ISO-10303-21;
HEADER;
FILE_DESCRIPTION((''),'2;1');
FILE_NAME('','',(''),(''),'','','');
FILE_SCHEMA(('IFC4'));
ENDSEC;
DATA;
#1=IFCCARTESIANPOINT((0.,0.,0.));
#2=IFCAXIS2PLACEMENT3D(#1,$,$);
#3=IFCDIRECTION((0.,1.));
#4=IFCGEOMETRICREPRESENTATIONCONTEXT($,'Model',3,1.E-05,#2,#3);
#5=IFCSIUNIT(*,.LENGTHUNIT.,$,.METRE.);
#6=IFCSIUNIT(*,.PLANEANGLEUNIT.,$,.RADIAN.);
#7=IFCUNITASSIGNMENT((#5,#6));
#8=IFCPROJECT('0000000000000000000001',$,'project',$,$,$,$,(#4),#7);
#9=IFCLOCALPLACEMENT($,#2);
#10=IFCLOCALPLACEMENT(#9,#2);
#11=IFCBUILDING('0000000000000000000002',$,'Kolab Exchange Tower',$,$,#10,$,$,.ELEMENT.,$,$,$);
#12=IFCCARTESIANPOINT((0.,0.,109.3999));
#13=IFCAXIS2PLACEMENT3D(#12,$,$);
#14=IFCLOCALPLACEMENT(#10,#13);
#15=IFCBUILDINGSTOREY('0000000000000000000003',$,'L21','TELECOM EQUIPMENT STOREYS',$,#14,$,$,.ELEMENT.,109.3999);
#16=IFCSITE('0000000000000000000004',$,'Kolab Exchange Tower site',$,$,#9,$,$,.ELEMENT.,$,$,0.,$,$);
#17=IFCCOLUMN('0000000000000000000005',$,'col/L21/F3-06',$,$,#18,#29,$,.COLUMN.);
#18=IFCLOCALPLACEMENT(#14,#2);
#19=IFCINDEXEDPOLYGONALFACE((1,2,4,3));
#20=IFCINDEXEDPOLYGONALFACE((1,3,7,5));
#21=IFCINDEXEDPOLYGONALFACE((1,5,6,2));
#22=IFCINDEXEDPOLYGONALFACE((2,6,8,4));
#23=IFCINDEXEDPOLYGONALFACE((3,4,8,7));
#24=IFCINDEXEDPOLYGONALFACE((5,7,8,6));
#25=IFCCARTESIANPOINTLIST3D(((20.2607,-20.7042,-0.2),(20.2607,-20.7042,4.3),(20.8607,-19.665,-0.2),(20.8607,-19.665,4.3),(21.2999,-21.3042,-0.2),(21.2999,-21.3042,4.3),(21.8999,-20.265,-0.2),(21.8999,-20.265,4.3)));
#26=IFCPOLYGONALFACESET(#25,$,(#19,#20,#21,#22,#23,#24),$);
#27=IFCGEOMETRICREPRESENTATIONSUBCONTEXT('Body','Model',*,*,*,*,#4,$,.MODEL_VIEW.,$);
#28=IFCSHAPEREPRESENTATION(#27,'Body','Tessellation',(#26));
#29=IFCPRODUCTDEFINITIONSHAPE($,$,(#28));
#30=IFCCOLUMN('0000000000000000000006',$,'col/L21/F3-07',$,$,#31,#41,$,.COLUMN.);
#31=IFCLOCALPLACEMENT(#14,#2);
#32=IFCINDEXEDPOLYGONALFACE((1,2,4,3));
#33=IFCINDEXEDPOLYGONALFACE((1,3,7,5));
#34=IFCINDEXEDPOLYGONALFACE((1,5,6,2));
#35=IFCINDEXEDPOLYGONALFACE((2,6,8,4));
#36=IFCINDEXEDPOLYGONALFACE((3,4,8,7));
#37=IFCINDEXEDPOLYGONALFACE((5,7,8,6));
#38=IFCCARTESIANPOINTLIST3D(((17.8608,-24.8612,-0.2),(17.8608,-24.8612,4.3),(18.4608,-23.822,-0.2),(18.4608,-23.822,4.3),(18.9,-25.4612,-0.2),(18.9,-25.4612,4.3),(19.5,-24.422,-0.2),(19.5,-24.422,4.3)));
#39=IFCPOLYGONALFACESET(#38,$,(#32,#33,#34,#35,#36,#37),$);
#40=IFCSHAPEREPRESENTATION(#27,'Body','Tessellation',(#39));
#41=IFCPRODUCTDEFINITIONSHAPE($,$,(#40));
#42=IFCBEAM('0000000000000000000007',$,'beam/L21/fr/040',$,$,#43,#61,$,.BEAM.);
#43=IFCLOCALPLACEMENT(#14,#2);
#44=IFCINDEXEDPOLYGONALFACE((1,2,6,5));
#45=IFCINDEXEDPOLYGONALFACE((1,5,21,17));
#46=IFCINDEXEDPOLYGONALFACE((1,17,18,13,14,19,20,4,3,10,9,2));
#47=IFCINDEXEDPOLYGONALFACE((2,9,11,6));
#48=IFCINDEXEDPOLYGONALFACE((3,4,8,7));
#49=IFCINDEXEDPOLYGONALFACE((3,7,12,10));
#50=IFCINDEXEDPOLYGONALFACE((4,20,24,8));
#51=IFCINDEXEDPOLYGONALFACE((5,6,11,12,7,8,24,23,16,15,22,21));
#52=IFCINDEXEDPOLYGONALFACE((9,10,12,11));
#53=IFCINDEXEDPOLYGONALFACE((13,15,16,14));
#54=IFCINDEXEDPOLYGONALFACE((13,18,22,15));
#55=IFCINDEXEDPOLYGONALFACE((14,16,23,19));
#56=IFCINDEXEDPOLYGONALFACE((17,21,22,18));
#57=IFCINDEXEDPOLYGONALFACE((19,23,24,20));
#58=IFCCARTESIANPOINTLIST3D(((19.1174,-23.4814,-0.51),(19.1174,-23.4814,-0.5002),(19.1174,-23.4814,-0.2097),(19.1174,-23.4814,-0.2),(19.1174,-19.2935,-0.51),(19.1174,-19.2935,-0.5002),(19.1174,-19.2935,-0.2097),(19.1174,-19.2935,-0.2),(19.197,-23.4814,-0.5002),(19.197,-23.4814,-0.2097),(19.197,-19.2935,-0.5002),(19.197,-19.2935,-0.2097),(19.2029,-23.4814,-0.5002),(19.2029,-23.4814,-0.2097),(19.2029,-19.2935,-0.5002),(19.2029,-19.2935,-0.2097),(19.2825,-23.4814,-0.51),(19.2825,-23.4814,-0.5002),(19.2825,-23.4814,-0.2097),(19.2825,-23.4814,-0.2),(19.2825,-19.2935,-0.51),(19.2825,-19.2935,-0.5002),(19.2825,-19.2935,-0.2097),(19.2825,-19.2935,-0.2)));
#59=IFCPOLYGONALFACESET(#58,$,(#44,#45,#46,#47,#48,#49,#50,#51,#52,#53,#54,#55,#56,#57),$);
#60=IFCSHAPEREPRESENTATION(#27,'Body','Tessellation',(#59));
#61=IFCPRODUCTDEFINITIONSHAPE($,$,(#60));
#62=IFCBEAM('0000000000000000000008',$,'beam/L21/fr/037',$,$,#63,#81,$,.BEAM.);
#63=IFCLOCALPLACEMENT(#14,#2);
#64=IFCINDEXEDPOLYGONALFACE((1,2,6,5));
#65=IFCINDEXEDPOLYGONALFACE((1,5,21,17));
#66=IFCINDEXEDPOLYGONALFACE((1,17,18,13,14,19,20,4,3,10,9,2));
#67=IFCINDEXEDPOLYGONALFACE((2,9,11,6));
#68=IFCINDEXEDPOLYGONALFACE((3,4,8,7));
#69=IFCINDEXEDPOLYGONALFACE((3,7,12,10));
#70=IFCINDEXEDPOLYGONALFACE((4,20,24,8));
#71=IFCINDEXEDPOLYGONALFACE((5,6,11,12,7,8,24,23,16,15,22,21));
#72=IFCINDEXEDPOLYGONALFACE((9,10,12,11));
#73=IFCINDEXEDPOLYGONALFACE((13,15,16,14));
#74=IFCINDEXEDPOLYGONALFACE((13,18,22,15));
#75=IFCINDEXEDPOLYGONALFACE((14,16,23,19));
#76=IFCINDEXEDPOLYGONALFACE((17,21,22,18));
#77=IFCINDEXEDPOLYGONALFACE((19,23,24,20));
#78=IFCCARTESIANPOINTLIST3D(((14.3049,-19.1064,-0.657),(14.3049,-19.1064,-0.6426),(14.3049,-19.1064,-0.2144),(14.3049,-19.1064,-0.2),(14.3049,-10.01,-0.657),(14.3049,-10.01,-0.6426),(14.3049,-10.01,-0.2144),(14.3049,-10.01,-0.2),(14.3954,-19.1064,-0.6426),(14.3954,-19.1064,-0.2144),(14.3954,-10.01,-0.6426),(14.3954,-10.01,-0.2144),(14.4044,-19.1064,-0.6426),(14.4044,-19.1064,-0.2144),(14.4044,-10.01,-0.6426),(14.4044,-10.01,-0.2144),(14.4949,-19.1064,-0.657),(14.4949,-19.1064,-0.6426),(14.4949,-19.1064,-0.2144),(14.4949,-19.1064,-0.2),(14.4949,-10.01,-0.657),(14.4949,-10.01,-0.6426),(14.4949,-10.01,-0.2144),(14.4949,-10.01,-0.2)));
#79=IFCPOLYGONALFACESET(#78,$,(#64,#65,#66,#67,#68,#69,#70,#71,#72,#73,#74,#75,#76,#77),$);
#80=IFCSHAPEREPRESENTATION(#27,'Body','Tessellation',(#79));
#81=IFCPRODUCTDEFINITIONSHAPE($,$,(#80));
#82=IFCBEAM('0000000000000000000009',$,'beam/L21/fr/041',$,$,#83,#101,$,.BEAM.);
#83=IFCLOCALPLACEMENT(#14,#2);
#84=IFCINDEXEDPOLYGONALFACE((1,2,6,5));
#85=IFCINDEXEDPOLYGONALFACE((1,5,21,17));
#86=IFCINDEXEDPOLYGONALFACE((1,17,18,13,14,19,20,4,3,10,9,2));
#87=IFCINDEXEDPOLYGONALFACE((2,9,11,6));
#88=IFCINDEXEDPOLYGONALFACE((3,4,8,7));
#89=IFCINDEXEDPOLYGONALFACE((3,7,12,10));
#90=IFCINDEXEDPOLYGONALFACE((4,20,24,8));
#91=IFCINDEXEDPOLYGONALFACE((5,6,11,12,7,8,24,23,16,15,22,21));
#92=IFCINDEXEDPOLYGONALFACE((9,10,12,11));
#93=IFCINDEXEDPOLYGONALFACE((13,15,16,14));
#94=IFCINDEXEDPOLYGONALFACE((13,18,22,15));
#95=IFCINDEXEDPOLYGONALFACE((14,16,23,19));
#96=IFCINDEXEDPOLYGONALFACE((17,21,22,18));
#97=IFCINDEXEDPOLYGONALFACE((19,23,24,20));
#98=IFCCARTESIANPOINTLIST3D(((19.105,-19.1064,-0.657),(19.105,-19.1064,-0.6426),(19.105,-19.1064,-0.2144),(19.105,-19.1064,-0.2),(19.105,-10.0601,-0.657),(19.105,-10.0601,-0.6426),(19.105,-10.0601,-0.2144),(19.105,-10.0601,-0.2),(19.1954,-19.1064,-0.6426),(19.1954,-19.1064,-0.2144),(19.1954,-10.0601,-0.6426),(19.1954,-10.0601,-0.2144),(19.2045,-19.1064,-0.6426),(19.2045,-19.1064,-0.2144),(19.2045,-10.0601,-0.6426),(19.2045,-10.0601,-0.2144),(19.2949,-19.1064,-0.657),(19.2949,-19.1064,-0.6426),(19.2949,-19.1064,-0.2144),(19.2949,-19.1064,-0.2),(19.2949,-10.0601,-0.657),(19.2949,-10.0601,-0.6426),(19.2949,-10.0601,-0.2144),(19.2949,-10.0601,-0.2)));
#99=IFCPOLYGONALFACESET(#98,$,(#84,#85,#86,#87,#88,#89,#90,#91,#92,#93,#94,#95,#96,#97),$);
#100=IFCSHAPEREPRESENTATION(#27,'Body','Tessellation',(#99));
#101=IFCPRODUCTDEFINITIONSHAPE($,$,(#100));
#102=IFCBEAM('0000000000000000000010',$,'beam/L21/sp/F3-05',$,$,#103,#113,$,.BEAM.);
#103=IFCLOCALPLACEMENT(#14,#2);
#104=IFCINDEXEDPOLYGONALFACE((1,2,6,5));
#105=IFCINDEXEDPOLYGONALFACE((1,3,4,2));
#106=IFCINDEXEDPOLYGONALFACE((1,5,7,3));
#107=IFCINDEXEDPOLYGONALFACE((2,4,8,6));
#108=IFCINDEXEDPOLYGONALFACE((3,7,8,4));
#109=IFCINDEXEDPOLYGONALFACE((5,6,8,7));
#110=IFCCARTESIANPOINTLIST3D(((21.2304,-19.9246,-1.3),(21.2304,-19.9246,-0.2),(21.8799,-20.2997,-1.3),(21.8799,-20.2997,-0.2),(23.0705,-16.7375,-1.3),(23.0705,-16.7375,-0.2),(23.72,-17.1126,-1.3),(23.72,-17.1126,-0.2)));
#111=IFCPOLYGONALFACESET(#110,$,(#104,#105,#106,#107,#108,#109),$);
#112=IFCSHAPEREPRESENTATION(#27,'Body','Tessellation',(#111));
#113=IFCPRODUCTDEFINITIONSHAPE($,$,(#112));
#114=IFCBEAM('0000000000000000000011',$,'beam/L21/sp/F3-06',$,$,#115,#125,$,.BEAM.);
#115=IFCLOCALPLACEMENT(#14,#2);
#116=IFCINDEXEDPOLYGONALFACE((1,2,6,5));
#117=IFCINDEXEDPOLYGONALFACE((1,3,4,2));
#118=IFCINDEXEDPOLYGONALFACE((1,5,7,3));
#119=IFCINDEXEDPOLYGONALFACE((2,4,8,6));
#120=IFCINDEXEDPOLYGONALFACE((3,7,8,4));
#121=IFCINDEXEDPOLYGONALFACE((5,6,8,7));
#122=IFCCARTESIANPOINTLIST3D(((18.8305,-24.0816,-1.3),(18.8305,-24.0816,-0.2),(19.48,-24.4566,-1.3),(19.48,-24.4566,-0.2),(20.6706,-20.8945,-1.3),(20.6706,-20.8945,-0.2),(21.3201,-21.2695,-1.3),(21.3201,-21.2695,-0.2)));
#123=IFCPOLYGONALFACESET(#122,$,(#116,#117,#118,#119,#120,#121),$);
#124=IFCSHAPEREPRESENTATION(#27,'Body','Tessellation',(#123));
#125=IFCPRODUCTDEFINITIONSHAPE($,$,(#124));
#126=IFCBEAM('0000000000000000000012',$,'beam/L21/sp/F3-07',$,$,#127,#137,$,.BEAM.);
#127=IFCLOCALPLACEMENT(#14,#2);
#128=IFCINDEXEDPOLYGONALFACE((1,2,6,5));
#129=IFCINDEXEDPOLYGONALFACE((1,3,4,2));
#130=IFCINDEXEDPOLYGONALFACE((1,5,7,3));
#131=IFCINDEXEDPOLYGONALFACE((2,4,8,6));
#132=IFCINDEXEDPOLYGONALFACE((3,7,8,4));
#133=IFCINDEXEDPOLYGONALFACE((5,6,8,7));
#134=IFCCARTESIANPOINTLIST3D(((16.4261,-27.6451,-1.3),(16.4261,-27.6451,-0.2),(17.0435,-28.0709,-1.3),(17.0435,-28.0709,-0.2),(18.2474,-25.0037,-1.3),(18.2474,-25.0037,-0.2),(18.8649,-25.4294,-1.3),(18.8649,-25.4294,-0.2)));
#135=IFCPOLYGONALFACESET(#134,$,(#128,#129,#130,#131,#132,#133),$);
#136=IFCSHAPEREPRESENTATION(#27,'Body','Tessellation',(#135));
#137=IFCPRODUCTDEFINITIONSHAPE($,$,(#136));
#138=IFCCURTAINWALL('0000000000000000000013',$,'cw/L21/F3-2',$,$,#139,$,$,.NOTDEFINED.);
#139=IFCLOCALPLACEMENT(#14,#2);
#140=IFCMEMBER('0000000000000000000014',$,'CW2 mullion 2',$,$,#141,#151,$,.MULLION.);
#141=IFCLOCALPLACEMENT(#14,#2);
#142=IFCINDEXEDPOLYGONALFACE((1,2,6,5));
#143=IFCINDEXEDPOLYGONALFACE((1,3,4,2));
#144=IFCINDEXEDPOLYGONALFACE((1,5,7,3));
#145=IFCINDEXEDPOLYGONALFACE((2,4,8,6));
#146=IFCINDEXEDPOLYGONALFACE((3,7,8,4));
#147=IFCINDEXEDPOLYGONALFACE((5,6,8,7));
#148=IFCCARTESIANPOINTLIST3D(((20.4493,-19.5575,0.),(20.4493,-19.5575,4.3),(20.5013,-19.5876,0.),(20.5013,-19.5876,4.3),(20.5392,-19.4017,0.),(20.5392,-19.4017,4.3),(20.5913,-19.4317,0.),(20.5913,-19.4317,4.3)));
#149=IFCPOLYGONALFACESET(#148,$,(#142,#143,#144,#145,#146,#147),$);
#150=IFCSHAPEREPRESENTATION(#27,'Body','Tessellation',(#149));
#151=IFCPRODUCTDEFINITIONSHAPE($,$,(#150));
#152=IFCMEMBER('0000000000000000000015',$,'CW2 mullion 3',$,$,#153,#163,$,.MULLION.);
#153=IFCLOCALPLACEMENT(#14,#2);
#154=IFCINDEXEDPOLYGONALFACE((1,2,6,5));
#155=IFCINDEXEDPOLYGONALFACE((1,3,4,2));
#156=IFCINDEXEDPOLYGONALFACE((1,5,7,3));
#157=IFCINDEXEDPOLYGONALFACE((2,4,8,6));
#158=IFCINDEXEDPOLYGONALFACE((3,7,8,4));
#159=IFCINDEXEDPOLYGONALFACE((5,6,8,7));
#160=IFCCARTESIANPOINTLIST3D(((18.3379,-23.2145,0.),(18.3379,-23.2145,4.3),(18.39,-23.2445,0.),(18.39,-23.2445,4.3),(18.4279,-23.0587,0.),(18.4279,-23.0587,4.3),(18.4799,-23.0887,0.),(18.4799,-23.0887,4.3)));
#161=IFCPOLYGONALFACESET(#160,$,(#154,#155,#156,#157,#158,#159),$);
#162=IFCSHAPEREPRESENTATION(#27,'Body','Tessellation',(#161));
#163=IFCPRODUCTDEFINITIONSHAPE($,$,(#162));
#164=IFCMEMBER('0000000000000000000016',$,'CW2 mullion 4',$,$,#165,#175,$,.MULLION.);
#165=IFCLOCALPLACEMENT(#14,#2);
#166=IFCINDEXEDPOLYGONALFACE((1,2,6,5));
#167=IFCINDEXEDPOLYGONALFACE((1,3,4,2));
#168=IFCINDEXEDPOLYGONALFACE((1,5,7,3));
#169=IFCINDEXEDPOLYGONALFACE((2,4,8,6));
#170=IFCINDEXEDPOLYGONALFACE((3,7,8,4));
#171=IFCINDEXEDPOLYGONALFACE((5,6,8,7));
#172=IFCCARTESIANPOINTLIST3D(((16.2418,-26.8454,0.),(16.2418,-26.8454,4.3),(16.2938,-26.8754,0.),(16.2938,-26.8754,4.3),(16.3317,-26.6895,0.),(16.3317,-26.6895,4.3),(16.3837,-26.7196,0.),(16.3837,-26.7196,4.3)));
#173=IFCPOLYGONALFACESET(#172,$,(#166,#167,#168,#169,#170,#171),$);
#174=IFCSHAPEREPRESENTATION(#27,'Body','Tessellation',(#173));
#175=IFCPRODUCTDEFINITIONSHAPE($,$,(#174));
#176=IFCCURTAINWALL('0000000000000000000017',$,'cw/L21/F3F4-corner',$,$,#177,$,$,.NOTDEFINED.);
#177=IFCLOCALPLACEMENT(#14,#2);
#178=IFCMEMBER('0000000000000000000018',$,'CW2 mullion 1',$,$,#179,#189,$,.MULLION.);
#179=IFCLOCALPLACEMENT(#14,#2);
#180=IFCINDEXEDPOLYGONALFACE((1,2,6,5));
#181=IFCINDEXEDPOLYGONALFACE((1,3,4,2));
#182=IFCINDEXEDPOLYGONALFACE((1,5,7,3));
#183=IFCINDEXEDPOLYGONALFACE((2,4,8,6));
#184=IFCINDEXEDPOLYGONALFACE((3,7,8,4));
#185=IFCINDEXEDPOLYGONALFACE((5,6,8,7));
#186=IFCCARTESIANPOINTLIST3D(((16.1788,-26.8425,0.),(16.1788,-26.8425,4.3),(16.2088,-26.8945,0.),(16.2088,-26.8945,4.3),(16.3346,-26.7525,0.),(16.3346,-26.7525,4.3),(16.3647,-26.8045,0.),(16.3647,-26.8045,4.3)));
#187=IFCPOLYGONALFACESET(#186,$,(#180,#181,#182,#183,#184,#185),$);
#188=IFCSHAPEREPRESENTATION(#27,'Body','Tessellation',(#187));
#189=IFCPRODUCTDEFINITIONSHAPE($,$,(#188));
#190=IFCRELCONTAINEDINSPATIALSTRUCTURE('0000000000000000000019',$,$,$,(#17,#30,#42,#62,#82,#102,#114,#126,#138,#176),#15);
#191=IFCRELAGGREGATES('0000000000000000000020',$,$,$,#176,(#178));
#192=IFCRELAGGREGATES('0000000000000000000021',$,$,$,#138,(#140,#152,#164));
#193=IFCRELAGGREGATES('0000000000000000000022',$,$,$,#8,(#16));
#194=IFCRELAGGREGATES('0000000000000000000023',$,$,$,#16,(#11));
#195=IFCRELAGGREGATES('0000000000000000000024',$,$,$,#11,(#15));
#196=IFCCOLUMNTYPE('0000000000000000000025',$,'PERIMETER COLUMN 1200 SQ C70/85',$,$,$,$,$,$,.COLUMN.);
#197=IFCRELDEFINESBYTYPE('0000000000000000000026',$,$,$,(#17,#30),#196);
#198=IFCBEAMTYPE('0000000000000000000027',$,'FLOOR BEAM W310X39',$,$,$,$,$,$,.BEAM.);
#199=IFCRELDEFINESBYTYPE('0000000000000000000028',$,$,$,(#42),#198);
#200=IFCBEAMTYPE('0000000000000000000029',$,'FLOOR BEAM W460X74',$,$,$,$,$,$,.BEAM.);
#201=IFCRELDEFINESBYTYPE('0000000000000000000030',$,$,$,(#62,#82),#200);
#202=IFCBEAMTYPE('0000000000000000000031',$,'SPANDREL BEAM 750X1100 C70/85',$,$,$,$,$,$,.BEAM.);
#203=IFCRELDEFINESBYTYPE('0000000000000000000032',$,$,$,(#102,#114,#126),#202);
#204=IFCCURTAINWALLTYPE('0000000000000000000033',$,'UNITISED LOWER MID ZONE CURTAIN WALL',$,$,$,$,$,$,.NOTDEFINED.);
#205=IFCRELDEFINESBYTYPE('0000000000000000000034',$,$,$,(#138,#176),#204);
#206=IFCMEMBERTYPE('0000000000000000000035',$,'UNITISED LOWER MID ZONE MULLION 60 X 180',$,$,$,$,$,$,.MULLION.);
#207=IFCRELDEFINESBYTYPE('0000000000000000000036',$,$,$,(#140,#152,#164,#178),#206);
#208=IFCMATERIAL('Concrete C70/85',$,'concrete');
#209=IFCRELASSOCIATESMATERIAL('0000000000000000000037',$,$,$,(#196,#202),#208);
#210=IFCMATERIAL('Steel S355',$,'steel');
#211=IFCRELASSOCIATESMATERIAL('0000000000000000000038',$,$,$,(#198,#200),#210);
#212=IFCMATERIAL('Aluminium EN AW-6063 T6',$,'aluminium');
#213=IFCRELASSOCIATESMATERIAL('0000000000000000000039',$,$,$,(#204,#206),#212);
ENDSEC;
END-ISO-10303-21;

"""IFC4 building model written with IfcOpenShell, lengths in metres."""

from ifc_helpers import new_model, si_unit, direction, frame, origin, origin_2d, place, context, subcontext, project, spatial, rectangle, i_section, extrude, material, material_profile, profile_set, type_object, element, aggregate, save


model = new_model("IFC4")

# Units and contexts
model_context = context("Model", 3, precision=1e-05, world=origin(), true_north=direction((0.0, 1.0)))
body_context = subcontext(model_context, "Body", "Model", "MODEL_VIEW")
ifc_project = project(units=[si_unit("LENGTHUNIT", "METRE"), si_unit("PLANEANGLEUNIT", "RADIAN")], contexts=[model_context])

# Site, building, storey
site_placement = place(None, origin())
site = spatial("IfcSite", under=ifc_project, at=site_placement, Name="Kolab Exchange Tower site", CompositionType="ELEMENT", RefElevation=0.0)
building_placement = place(site_placement, origin())
building = spatial("IfcBuilding", under=site, at=building_placement, Name="Kolab Exchange Tower", CompositionType="ELEMENT")
storey_placement = place(building_placement, frame((0.0, 0.0, 109.3999)))
storey = spatial("IfcBuildingStorey", under=building, at=storey_placement, Name="L21", Description="TELECOM EQUIPMENT STOREYS", CompositionType="ELEMENT", Elevation=109.3999)

# Columns
ifc_material_1 = material(Name="Concrete C70/85", Category="concrete")
ifc_material_profile_1 = material_profile(ifc_material_1, rectangle(XDim=1.2, YDim=1.2, at=origin_2d()), Name="RC1200")
ifc_profile_set_1 = profile_set([ifc_material_profile_1], Name="Concrete C70/85")
column_type = type_object("IfcColumnType", Name="PERIMETER COLUMN 1200 SQ C70/85", PredefinedType="COLUMN", material=ifc_profile_set_1)
for number, where, z_axis, x_axis, name in (
    (1, (21.0803, -20.4846, -0.2), (0.0, 0.0, 1.0), (0.5, 0.866025, 0.0), "col/L21/F3-06"),
    (2, (18.6804, -24.6416, -0.2), (0.0, 0.0, 1.0), (0.5, 0.866025, 0.0), "col/L21/F3-07"),
):
    element("IfcColumn", number, at=place(storey_placement, frame(where, z_axis=z_axis, x_axis=x_axis)), inside=storey, type_object=column_type, Name=name, PredefinedType="COLUMN", context=body_context, shape_type="SweptSolid", body=[
        extrude(rectangle(XDim=1.2, YDim=1.2, at=origin_2d()), origin(), (0.0, 0.0, 1.0), 4.5),
    ])

# Beams
ifc_material_2 = material(Name="Steel S355", Category="steel")
ifc_material_profile_2 = material_profile(ifc_material_2, i_section(OverallWidth=0.165, OverallDepth=0.3101, WebThickness=0.0059, FlangeThickness=0.0098, at=origin_2d()), Name="W310X39")
ifc_profile_set_2 = profile_set([ifc_material_profile_2], Name="Steel S355")
beam_type_1 = type_object("IfcBeamType", Name="FLOOR BEAM W310X39", PredefinedType="BEAM", material=ifc_profile_set_2)
beam_1_placement = place(storey_placement, frame((19.2, -23.4814, -0.355), z_axis=(0.0, 1.0, 0.0), x_axis=(-1.0, 0.0, 0.0)))
element("IfcBeam", 3, at=beam_1_placement, inside=storey, type_object=beam_type_1, Name="beam/L21/fr/040", PredefinedType="BEAM", context=body_context, shape_type="SweptSolid", body=[
    extrude(i_section(OverallWidth=0.165, OverallDepth=0.3101, WebThickness=0.0059, FlangeThickness=0.0098, at=origin_2d()), origin(), (0.0, 0.0, 1.0), 4.188),
])
ifc_material_profile_3 = material_profile(ifc_material_2, i_section(OverallWidth=0.1899, OverallDepth=0.457, WebThickness=0.009, FlangeThickness=0.0144, at=origin_2d()), Name="W460X74")
ifc_profile_set_3 = profile_set([ifc_material_profile_3], Name="Steel S355")
beam_type_2 = type_object("IfcBeamType", Name="FLOOR BEAM W460X74", PredefinedType="BEAM", material=ifc_profile_set_3)
beam_2_placement = place(storey_placement, frame((14.3999, -19.1064, -0.4285), z_axis=(0.0, 1.0, 0.0), x_axis=(-1.0, 0.0, 0.0)))
element("IfcBeam", 4, at=beam_2_placement, inside=storey, type_object=beam_type_2, Name="beam/L21/fr/037", PredefinedType="BEAM", context=body_context, shape_type="SweptSolid", body=[
    extrude(i_section(OverallWidth=0.1899, OverallDepth=0.457, WebThickness=0.009, FlangeThickness=0.0144, at=origin_2d()), origin(), (0.0, 0.0, 1.0), 9.0964),
])
beam_3_placement = place(storey_placement, frame((19.2, -19.1064, -0.4285), z_axis=(0.0, 1.0, 0.0), x_axis=(-1.0, 0.0, 0.0)))
element("IfcBeam", 5, at=beam_3_placement, inside=storey, type_object=beam_type_2, Name="beam/L21/fr/041", PredefinedType="BEAM", context=body_context, shape_type="SweptSolid", body=[
    extrude(i_section(OverallWidth=0.1899, OverallDepth=0.457, WebThickness=0.009, FlangeThickness=0.0144, at=origin_2d()), origin(), (0.0, 0.0, 1.0), 9.0464),
])
ifc_material_profile_4 = material_profile(ifc_material_1, rectangle(XDim=0.75, YDim=1.1001, at=origin_2d()), Name="RC750X1100")
ifc_profile_set_4 = profile_set([ifc_material_profile_4], Name="Concrete C70/85")
beam_type_3 = type_object("IfcBeamType", Name="SPANDREL BEAM 750X1100 C70/85", PredefinedType="BEAM", material=ifc_profile_set_4)
for number, where, z_axis, x_axis, name in (
    (6, (23.3953, -16.925, -0.75), (-0.500013, -0.866018, 0.0), (0.866018, -0.500013, 0.0), "beam/L21/sp/F3-05"),
    (7, (20.9954, -21.082, -0.75), (-0.500013, -0.866018, 0.0), (0.866018, -0.500013, 0.0), "beam/L21/sp/F3-06"),
):
    element("IfcBeam", number, at=place(storey_placement, frame(where, z_axis=z_axis, x_axis=x_axis)), inside=storey, type_object=beam_type_3, Name=name, PredefinedType="BEAM", context=body_context, shape_type="SweptSolid", body=[
        extrude(rectangle(XDim=0.75, YDim=1.1001, at=origin_2d()), origin(), (0.0, 0.0, 1.0), 3.6802),
    ])
beam_4_placement = place(storey_placement, frame((18.5562, -25.2166, -0.75), z_axis=(-0.567662, -0.823262, 0.0), x_axis=(0.823262, -0.567662, 0.0)))
element("IfcBeam", 8, at=beam_4_placement, inside=storey, type_object=beam_type_3, Name="beam/L21/sp/F3-07", PredefinedType="BEAM", context=body_context, shape_type="SweptSolid", body=[
    extrude(rectangle(XDim=0.75, YDim=1.1001, at=origin_2d()), origin(), (0.0, 0.0, 1.0), 3.2085),
])

# Curtain wall, members
ifc_material_3 = material(Name="Aluminium EN AW-6063 T6", Category="aluminium")
curtain_wall_type = type_object("IfcCurtainWallType", Name="UNITISED LOWER MID ZONE CURTAIN WALL", PredefinedType="NOTDEFINED", material=ifc_material_3)
curtain_wall_1_placement = place(storey_placement, origin())
curtain_wall_1 = element("IfcCurtainWall", 9, at=curtain_wall_1_placement, inside=storey, type_object=curtain_wall_type, Name="cw/L21/F3-2", PredefinedType="NOTDEFINED")
ifc_material_profile_5 = material_profile(ifc_material_3, rectangle(XDim=0.0601, YDim=0.1799, at=origin_2d()), Name="RECT 60X180")
ifc_profile_set_5 = profile_set([ifc_material_profile_5], Name="Aluminium EN AW-6063 T6")
member_type_1 = type_object("IfcMemberType", Name="UNITISED LOWER MID ZONE MULLION 60 X 180", PredefinedType="MULLION", material=ifc_profile_set_5)
member_1_placement = place(storey_placement, frame((20.5203, -19.4946, 0.0), z_axis=(0.0, 0.0, 1.0), x_axis=(0.866025, -0.5, 0.0)))
member_1 = element("IfcMember", 10, at=member_1_placement, type_object=member_type_1, Name="CW2 mullion 2", PredefinedType="MULLION", context=body_context, shape_type="SweptSolid", body=[
    extrude(rectangle(XDim=0.0601, YDim=0.1799, at=origin_2d()), origin(), (0.0, 0.0, 1.0), 4.3),
])
member_2_placement = place(storey_placement, frame((18.4089, -23.1516, 0.0), z_axis=(0.0, 0.0, 1.0), x_axis=(0.866025, -0.5, 0.0)))
member_2 = element("IfcMember", 11, at=member_2_placement, type_object=member_type_1, Name="CW2 mullion 3", PredefinedType="MULLION", context=body_context, shape_type="SweptSolid", body=[
    extrude(rectangle(XDim=0.0601, YDim=0.1799, at=origin_2d()), origin(), (0.0, 0.0, 1.0), 4.3),
])
member_3_placement = place(storey_placement, frame((16.3127, -26.7825, 0.0), z_axis=(0.0, 0.0, 1.0), x_axis=(0.866025, -0.5, 0.0)))
member_3 = element("IfcMember", 12, at=member_3_placement, type_object=member_type_1, Name="CW2 mullion 4", PredefinedType="MULLION", context=body_context, shape_type="SweptSolid", body=[
    extrude(rectangle(XDim=0.0601, YDim=0.1799, at=origin_2d()), origin(), (0.0, 0.0, 1.0), 4.3),
])

# Curtain wall, member
curtain_wall_2_placement = place(storey_placement, origin())
curtain_wall_2 = element("IfcCurtainWall", 13, at=curtain_wall_2_placement, inside=storey, type_object=curtain_wall_type, Name="cw/L21/F3F4-corner", PredefinedType="NOTDEFINED")
member_4_placement = place(storey_placement, frame((16.2717, -26.8235, 0.0), z_axis=(0.0, 0.0, 1.0), x_axis=(0.5, -0.866025, 0.0)))
member_4 = element("IfcMember", 14, at=member_4_placement, type_object=member_type_1, Name="CW2 mullion 1", PredefinedType="MULLION", context=body_context, shape_type="SweptSolid", body=[
    extrude(rectangle(XDim=0.0601, YDim=0.1799, at=origin_2d()), origin(), (0.0, 0.0, 1.0), 4.3),
])
aggregate(curtain_wall_2, [member_4])

aggregate(curtain_wall_1, [member_1, member_2, member_3])

save(model, "model.ifc")
